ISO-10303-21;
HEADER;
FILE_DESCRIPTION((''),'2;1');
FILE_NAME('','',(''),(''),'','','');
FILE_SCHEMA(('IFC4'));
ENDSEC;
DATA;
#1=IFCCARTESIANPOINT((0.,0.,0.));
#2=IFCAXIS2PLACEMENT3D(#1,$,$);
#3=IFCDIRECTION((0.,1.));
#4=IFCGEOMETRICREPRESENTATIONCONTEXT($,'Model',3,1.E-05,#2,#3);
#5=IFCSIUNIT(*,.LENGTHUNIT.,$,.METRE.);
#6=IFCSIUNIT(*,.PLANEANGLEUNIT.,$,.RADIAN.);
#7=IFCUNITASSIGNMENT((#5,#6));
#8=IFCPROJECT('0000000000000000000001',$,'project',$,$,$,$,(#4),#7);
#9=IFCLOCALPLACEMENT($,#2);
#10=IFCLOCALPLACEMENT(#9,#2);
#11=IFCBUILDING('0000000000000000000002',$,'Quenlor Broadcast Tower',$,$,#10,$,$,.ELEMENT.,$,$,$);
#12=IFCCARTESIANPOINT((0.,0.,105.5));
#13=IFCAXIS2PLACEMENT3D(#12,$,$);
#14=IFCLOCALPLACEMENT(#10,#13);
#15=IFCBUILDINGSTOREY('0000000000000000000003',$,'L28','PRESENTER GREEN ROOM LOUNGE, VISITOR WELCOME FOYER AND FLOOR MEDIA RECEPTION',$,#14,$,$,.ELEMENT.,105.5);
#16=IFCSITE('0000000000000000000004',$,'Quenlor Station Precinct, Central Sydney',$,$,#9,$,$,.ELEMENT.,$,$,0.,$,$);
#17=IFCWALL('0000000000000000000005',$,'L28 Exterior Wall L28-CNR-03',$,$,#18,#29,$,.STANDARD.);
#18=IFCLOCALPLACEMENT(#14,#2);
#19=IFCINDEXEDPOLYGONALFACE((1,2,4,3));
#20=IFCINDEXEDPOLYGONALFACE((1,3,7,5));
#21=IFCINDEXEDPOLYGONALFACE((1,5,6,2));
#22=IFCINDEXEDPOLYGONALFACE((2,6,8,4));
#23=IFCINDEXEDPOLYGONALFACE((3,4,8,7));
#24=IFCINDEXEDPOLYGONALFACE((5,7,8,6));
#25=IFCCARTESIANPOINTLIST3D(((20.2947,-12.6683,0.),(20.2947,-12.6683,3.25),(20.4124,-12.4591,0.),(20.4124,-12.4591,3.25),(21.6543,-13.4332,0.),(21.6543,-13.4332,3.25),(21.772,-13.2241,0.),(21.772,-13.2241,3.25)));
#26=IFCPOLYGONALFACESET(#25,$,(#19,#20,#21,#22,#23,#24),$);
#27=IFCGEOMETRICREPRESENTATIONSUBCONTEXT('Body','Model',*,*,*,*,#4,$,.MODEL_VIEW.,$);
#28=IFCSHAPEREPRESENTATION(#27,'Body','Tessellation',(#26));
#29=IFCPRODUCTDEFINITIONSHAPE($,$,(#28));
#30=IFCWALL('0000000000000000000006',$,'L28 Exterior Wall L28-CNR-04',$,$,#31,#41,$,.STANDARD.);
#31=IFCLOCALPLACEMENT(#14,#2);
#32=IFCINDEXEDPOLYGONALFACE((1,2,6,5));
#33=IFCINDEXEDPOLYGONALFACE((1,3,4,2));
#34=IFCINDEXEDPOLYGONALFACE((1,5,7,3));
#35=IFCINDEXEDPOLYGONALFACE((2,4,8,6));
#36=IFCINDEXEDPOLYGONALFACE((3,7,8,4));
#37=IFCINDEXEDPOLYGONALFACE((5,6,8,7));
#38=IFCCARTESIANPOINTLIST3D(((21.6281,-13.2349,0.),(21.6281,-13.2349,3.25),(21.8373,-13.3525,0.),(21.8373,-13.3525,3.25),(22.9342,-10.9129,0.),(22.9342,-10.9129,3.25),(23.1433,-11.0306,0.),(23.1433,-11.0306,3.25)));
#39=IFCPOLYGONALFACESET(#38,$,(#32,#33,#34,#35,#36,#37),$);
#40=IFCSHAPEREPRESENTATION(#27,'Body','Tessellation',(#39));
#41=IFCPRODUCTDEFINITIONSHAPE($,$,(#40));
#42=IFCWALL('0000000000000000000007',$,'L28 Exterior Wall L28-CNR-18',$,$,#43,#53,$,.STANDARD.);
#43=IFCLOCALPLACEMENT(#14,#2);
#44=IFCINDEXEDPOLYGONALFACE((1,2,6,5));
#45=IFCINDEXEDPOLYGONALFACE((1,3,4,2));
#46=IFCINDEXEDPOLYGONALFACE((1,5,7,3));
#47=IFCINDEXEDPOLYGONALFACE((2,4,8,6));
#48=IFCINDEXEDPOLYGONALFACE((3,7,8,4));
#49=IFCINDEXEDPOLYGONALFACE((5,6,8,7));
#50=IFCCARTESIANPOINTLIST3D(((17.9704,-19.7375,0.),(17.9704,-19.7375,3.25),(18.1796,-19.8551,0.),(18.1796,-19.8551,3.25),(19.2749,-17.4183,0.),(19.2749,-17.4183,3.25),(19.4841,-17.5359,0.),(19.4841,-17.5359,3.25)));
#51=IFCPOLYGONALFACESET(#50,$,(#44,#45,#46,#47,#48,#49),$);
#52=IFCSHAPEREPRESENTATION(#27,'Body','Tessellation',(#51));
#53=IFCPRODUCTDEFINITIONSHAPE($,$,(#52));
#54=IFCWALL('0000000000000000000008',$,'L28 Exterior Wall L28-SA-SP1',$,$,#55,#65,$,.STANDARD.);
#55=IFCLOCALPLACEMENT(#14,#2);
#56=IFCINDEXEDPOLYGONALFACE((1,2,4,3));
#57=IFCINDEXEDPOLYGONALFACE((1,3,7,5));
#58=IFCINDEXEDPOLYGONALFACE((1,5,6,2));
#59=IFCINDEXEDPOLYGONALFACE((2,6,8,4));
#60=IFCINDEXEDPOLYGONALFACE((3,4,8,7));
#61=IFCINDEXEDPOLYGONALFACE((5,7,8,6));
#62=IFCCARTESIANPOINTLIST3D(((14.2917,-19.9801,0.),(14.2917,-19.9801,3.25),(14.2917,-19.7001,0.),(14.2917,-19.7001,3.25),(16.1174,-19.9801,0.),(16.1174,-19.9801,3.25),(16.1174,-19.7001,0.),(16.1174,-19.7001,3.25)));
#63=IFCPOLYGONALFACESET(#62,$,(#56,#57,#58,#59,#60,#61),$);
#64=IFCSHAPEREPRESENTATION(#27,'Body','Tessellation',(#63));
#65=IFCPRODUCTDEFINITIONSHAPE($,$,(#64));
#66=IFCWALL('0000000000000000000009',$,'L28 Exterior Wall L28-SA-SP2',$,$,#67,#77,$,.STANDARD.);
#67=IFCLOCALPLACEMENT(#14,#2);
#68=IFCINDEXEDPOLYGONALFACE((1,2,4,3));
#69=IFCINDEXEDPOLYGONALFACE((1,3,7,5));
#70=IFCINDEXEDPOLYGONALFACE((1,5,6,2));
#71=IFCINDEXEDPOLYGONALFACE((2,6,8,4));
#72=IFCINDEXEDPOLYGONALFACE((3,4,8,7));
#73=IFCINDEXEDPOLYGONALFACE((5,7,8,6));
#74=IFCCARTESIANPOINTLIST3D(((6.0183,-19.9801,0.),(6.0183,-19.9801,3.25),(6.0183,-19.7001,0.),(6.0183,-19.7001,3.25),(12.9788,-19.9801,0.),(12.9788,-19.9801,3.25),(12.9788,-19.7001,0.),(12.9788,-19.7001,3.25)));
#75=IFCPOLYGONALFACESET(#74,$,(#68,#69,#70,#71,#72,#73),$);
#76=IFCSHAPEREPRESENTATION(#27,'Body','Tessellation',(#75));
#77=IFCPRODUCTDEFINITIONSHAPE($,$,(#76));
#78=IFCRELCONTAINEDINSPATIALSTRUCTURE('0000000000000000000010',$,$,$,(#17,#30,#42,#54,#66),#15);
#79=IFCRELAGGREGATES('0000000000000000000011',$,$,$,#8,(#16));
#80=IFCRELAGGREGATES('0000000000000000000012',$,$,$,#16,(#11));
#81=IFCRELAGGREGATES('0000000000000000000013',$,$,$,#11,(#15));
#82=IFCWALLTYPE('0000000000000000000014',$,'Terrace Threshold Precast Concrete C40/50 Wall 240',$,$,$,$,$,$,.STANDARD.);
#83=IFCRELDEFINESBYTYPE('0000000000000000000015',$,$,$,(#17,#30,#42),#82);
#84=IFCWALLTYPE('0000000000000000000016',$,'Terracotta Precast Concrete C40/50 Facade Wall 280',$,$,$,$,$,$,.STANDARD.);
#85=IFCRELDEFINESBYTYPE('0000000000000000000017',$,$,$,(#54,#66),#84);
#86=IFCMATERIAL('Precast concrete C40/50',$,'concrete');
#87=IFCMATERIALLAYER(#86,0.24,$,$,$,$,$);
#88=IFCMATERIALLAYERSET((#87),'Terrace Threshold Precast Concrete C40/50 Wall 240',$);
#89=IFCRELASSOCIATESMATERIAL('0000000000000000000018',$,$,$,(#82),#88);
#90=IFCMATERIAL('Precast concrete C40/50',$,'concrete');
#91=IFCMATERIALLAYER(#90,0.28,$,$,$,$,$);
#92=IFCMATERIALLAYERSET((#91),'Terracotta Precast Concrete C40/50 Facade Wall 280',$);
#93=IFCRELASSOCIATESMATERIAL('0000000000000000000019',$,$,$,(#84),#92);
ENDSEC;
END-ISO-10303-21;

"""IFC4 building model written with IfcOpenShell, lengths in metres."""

from ifc_helpers import new_model, si_unit, direction, frame, frame_2d, origin, place, context, subcontext, project, spatial, rectangle, extrude, material, layer, layer_set, type_object, element, save


model = new_model("IFC4")

# Units and contexts
model_context = context("Model", 3, precision=1e-05, world=origin(), true_north=direction((0.0, 1.0)))
body_context = subcontext(model_context, "Body", "Model", "MODEL_VIEW")
ifc_project = project(units=[si_unit("LENGTHUNIT", "METRE"), si_unit("PLANEANGLEUNIT", "RADIAN")], contexts=[model_context])

# Site, building, storey
site_placement = place(None, origin())
site = spatial("IfcSite", under=ifc_project, at=site_placement, Name="Quenlor Station Precinct, Central Sydney", CompositionType="ELEMENT", RefElevation=0.0)
building_placement = place(site_placement, origin())
building = spatial("IfcBuilding", under=site, at=building_placement, Name="Quenlor Broadcast Tower", CompositionType="ELEMENT")
storey_placement = place(building_placement, frame((0.0, 0.0, 105.5)))
storey = spatial("IfcBuildingStorey", under=building, at=storey_placement, Name="L28", Description="PRESENTER GREEN ROOM LOUNGE, VISITOR WELCOME FOYER AND FLOOR MEDIA RECEPTION", CompositionType="ELEMENT", Elevation=105.5)

# Walls
ifc_material_1 = material(Name="Precast concrete C40/50", Category="concrete")
ifc_layer_1 = layer(ifc_material_1, 0.24)
ifc_layer_set_1 = layer_set([ifc_layer_1], Name="Terrace Threshold Precast Concrete C40/50 Wall 240")
wall_type_1 = type_object("IfcWallType", Name="Terrace Threshold Precast Concrete C40/50 Wall 240", PredefinedType="STANDARD", material=ifc_layer_set_1)
wall_1_placement = place(storey_placement, frame((20.3535, -12.5637, 0.0), z_axis=(0.0, 0.0, 1.0), x_axis=(0.871546, -0.490313, 0.0)))
element("IfcWall", 1, at=wall_1_placement, inside=storey, type_object=wall_type_1, Name="L28 Exterior Wall L28-CNR-03", PredefinedType="STANDARD", context=body_context, shape_type="SweptSolid", body=[
    extrude(rectangle(XDim=1.5601, YDim=0.24, at=frame_2d((0.78, 0.0))), origin(), (0.0, 0.0, 1.0), 3.25),
])
wall_2_placement = place(storey_placement, frame((21.7327, -13.2937, 0.0), z_axis=(0.0, 0.0, 1.0), x_axis=(0.490266, 0.871573, 0.0)))
element("IfcWall", 2, at=wall_2_placement, inside=storey, type_object=wall_type_1, Name="L28 Exterior Wall L28-CNR-04", PredefinedType="STANDARD", context=body_context, shape_type="SweptSolid", body=[
    extrude(rectangle(XDim=2.6641, YDim=0.24, at=frame_2d((1.332, 0.0))), origin(), (0.0, 0.0, 1.0), 3.25),
])
wall_3_placement = place(storey_placement, frame((18.075, -19.7964, 0.0), z_axis=(0.0, 0.0, 1.0), x_axis=(0.490248, 0.871583, 0.0)))
element("IfcWall", 3, at=wall_3_placement, inside=storey, type_object=wall_type_1, Name="L28 Exterior Wall L28-CNR-18", PredefinedType="STANDARD", context=body_context, shape_type="SweptSolid", body=[
    extrude(rectangle(XDim=2.6609, YDim=0.24, at=frame_2d((1.3306, 0.0))), origin(), (0.0, 0.0, 1.0), 3.25),
])
ifc_material_2 = material(Name="Precast concrete C40/50", Category="concrete")
ifc_layer_2 = layer(ifc_material_2, 0.28)
ifc_layer_set_2 = layer_set([ifc_layer_2], Name="Terracotta Precast Concrete C40/50 Facade Wall 280")
wall_type_2 = type_object("IfcWallType", Name="Terracotta Precast Concrete C40/50 Facade Wall 280", PredefinedType="STANDARD", material=ifc_layer_set_2)
wall_4_placement = place(storey_placement, frame((16.1174, -19.8401, 0.0), z_axis=(0.0, 0.0, 1.0), x_axis=(-1.0, 0.0, 0.0)))
element("IfcWall", 4, at=wall_4_placement, inside=storey, type_object=wall_type_2, Name="L28 Exterior Wall L28-SA-SP1", PredefinedType="STANDARD", context=body_context, shape_type="SweptSolid", body=[
    extrude(rectangle(XDim=1.8257, YDim=0.28, at=frame_2d((0.9128, 0.0))), origin(), (0.0, 0.0, 1.0), 3.25),
])
wall_5_placement = place(storey_placement, frame((12.9788, -19.8401, 0.0), z_axis=(0.0, 0.0, 1.0), x_axis=(-1.0, 0.0, 0.0)))
element("IfcWall", 5, at=wall_5_placement, inside=storey, type_object=wall_type_2, Name="L28 Exterior Wall L28-SA-SP2", PredefinedType="STANDARD", context=body_context, shape_type="SweptSolid", body=[
    extrude(rectangle(XDim=6.9604, YDim=0.28, at=frame_2d((3.4802, 0.0))), origin(), (0.0, 0.0, 1.0), 3.25),
])

save(model, "model.ifc")
